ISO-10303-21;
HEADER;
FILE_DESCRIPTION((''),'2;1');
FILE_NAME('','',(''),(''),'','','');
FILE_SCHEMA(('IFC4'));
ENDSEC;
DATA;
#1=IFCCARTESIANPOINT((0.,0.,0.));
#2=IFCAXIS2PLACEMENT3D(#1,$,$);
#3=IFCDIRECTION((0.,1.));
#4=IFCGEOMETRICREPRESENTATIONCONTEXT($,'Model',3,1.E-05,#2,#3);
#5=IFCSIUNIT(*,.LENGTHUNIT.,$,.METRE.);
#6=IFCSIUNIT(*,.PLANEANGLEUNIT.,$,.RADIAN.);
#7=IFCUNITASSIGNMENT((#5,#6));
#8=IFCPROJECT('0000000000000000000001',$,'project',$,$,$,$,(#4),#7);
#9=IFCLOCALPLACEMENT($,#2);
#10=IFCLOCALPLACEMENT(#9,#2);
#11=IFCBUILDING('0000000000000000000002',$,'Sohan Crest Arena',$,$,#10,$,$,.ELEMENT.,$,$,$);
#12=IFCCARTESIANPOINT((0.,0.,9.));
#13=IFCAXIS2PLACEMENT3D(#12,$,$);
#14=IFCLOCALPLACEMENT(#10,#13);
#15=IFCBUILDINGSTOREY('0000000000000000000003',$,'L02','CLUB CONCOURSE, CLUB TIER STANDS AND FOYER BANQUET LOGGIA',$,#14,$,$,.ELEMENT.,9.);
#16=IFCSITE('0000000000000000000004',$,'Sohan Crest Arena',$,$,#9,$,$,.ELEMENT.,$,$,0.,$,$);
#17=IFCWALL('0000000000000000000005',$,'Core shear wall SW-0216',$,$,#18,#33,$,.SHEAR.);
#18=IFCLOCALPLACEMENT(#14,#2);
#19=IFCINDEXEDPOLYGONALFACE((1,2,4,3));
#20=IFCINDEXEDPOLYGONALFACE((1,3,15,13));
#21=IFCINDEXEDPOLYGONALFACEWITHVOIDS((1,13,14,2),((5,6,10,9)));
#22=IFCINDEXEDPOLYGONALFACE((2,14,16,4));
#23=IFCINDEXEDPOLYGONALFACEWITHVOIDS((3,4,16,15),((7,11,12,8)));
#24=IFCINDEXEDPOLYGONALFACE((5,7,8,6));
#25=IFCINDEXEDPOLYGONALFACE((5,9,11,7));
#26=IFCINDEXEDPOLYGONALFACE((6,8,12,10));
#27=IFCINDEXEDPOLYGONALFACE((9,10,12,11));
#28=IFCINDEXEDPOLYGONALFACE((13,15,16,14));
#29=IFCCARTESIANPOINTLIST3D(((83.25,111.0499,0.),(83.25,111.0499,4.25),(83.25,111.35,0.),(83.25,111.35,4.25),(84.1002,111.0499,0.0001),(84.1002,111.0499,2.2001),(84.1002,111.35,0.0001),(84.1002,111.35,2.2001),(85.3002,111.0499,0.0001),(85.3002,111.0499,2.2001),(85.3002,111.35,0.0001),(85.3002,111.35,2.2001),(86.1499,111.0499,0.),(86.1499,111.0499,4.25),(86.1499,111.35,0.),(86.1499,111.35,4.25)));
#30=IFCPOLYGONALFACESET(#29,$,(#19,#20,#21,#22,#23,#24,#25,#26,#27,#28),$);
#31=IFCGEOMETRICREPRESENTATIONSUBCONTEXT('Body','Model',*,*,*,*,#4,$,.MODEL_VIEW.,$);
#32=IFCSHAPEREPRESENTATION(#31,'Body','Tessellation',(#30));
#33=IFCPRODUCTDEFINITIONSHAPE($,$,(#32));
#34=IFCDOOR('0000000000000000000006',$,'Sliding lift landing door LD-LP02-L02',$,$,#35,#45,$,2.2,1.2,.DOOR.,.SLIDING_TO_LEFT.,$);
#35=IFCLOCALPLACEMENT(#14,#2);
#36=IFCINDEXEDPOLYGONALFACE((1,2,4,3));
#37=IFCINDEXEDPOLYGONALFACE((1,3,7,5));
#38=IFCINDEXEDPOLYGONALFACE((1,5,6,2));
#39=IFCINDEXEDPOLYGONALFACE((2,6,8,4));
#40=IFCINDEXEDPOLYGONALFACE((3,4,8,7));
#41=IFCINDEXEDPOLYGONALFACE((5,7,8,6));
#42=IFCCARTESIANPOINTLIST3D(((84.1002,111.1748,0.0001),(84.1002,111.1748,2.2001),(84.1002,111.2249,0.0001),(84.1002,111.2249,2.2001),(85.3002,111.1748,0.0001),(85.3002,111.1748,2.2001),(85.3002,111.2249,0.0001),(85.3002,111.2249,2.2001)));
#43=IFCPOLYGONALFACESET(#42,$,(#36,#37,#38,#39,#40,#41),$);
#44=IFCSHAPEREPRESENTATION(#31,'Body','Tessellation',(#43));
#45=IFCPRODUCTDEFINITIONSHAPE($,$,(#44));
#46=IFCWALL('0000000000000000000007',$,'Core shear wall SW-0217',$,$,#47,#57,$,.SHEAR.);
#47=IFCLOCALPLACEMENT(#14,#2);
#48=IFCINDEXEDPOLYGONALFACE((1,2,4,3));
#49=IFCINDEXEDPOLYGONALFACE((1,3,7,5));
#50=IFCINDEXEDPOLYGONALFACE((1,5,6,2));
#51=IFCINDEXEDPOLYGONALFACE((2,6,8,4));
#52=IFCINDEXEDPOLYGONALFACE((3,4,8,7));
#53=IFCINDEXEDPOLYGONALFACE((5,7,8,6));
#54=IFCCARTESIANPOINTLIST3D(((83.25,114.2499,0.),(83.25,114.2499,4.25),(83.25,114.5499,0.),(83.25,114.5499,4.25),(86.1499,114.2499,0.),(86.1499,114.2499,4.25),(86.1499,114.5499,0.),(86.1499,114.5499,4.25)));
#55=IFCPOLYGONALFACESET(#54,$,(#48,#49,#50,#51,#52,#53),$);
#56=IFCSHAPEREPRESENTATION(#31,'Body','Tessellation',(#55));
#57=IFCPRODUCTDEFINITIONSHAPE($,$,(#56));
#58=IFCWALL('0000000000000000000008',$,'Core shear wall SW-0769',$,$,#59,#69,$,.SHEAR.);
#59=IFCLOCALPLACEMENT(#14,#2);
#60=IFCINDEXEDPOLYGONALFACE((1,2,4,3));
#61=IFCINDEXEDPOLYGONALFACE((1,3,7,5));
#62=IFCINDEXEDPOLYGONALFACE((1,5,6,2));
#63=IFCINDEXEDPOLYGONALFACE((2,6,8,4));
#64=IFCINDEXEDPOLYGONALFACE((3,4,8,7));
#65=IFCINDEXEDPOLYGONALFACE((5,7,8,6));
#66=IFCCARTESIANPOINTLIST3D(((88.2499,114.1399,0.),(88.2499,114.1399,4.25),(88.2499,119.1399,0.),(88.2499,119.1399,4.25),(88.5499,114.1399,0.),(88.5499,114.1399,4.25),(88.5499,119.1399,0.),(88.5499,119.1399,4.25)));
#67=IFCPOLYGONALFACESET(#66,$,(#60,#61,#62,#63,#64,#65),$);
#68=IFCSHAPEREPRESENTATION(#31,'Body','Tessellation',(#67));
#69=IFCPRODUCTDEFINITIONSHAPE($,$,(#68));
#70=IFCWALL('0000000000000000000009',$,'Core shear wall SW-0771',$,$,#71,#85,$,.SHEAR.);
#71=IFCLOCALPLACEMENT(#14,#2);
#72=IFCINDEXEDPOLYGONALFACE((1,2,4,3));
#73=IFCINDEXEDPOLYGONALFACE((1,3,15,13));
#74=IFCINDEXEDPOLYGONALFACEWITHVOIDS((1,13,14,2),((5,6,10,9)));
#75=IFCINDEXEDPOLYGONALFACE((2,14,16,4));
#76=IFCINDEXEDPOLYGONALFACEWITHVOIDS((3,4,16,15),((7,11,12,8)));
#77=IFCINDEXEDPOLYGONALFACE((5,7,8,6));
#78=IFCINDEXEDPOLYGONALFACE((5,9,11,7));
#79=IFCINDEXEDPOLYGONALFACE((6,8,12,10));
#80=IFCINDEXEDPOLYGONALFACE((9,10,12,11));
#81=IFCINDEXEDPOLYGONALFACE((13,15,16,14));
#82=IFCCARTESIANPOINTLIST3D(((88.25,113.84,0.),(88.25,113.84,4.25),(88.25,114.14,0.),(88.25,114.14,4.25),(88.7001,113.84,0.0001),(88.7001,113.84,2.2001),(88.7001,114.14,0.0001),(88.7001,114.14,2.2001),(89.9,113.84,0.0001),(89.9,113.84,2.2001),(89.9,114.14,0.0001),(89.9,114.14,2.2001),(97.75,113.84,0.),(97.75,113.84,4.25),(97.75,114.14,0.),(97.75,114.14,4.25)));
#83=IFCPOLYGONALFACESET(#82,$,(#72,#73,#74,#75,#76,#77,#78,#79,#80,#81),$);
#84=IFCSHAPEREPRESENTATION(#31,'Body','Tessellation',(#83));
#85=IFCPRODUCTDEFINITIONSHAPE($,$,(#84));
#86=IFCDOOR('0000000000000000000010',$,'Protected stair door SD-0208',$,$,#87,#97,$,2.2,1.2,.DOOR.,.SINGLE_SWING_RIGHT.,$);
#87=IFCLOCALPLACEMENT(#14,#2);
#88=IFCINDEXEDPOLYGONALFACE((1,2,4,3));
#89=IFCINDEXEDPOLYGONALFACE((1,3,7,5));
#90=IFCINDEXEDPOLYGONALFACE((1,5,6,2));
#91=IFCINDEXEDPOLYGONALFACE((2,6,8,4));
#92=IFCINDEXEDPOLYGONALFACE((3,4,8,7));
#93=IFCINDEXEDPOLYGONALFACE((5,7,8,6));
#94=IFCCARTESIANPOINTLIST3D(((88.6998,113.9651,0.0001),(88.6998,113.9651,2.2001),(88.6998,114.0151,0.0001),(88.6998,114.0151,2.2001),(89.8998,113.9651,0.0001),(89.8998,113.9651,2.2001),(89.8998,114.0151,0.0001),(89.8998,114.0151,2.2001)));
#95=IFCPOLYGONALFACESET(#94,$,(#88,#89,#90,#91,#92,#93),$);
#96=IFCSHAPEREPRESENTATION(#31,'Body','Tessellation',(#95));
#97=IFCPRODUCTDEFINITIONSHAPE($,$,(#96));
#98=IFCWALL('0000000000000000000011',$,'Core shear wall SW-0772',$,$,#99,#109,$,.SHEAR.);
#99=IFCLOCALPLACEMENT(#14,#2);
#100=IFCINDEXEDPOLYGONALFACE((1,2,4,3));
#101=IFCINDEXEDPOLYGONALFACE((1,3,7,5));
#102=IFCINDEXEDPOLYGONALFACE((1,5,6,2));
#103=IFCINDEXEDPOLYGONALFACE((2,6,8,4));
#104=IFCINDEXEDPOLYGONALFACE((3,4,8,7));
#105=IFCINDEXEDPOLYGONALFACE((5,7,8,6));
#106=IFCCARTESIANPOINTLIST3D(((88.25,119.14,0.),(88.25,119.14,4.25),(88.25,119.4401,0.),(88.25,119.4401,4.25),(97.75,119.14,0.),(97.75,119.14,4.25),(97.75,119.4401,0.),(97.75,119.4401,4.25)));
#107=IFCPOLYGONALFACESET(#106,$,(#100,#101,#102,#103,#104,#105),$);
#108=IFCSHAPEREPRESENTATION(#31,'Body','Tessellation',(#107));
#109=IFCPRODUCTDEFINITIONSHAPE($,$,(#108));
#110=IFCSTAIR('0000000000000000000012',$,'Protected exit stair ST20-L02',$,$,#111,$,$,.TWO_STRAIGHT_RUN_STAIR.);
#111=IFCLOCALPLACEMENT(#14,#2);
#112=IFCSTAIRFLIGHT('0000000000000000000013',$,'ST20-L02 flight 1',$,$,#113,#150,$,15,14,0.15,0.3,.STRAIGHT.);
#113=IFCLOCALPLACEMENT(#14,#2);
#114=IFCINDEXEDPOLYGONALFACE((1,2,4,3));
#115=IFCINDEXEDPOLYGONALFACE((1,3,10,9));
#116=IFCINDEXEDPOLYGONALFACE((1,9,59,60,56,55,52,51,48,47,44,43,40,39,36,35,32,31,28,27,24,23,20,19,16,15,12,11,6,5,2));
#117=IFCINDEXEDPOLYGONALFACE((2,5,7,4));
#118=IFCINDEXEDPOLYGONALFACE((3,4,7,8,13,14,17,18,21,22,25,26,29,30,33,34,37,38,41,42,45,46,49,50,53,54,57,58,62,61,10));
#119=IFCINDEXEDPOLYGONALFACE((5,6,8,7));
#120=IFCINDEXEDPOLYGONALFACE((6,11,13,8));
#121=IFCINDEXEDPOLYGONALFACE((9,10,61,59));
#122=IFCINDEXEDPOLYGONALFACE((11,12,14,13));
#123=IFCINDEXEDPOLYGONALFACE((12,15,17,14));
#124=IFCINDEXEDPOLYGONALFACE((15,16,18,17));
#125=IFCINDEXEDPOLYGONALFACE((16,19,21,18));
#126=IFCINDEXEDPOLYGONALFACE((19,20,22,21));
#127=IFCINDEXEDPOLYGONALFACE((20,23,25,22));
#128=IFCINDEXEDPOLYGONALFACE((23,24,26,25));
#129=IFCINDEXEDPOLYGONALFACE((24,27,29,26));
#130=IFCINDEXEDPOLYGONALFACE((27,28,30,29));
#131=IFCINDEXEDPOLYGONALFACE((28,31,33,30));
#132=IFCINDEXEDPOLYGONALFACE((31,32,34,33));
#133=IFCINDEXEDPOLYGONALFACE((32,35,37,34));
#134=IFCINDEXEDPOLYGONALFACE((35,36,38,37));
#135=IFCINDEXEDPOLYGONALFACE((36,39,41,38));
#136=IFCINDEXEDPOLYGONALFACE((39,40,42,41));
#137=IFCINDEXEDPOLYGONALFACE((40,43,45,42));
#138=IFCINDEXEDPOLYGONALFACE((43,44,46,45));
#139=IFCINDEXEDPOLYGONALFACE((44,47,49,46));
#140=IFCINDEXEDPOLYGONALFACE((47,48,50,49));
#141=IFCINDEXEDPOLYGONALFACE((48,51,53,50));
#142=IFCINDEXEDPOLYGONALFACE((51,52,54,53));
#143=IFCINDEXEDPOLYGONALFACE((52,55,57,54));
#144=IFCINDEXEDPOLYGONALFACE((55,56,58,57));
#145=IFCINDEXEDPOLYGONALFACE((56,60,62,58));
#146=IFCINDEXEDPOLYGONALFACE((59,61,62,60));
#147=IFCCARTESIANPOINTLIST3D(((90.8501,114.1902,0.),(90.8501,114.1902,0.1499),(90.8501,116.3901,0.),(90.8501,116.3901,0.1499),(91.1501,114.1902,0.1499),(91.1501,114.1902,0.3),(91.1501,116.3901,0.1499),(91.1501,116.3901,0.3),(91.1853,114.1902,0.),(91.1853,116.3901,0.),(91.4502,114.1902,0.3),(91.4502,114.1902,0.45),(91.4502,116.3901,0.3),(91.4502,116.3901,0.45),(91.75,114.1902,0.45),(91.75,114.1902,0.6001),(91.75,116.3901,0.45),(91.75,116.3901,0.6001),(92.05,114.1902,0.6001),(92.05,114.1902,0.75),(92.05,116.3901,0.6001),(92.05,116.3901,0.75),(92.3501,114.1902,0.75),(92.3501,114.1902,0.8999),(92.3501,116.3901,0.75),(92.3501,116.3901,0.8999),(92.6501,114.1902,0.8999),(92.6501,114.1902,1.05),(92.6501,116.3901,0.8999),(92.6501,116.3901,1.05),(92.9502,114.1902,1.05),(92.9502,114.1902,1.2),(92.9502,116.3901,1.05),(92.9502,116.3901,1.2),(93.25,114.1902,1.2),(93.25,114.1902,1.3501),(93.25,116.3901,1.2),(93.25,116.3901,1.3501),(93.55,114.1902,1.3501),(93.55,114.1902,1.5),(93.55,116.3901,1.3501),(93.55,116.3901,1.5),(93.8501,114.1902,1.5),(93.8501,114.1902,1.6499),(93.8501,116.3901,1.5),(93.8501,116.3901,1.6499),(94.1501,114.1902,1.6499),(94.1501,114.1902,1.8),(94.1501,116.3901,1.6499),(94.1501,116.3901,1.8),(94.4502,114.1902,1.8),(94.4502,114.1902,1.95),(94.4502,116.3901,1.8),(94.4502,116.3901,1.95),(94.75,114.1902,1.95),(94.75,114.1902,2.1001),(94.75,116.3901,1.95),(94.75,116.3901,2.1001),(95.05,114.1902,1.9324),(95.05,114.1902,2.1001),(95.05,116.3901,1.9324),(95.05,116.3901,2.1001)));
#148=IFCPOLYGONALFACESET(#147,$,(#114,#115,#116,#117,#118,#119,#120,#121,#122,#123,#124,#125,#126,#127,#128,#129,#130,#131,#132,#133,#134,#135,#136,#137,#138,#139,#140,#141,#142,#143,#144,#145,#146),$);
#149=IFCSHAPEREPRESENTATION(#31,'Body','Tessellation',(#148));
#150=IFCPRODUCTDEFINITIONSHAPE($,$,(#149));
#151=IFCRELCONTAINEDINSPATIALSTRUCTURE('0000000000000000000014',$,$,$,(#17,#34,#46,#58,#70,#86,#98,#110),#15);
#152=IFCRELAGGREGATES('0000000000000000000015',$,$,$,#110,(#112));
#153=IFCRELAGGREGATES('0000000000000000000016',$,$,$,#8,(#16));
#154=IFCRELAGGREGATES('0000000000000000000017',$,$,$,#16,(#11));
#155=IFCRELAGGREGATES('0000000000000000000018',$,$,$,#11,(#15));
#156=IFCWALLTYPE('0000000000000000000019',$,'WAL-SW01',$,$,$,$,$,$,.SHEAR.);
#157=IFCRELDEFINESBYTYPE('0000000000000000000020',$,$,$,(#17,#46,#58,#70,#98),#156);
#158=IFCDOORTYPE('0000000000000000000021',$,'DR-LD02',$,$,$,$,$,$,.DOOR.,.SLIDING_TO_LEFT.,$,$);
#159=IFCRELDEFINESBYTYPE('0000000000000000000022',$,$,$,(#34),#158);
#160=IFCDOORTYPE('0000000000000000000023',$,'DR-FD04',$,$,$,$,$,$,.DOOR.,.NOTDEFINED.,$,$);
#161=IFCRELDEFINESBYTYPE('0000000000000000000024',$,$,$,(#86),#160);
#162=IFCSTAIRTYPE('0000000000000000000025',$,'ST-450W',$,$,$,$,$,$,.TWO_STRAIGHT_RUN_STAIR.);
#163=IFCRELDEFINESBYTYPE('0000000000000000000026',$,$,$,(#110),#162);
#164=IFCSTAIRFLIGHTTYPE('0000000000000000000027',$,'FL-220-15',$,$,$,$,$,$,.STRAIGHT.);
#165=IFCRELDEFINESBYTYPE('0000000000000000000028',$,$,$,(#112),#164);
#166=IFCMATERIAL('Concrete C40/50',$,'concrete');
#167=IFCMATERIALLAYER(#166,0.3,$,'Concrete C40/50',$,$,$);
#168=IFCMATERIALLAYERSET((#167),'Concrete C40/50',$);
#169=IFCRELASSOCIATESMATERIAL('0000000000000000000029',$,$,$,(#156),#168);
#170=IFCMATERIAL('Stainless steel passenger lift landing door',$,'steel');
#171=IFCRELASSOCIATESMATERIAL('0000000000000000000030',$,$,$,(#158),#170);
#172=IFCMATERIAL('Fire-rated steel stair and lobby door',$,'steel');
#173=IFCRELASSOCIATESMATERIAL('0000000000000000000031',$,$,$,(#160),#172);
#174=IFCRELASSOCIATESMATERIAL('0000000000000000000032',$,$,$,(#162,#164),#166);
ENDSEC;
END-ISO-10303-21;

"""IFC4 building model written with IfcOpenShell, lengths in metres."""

from ifc_helpers import new_model, si_unit, direction, frame, frame_2d, origin, place, context, subcontext, project, spatial, polyline, rectangle, outline, extrude, material, layer, layer_set, type_object, element, fill, aggregate, save


model = new_model("IFC4")

# Units and contexts
model_context = context("Model", 3, precision=1e-05, world=origin(), true_north=direction((0.0, 1.0)))
body_context = subcontext(model_context, "Body", "Model", "MODEL_VIEW")
ifc_project = project(units=[si_unit("LENGTHUNIT", "METRE"), si_unit("PLANEANGLEUNIT", "RADIAN")], contexts=[model_context])

# Site, building, storey
site_placement = place(None, origin())
site = spatial("IfcSite", under=ifc_project, at=site_placement, Name="Sohan Crest Arena", CompositionType="ELEMENT", RefElevation=0.0)
building_placement = place(site_placement, origin())
building = spatial("IfcBuilding", under=site, at=building_placement, Name="Sohan Crest Arena", CompositionType="ELEMENT")
storey_placement = place(building_placement, frame((0.0, 0.0, 9.0)))
storey = spatial("IfcBuildingStorey", under=building, at=storey_placement, Name="L02", Description="CLUB CONCOURSE, CLUB TIER STANDS AND FOYER BANQUET LOGGIA", CompositionType="ELEMENT", Elevation=9.0)

# Shared definitions
ifc_material_1 = material(Name="Concrete C40/50", Category="concrete")
ifc_layer_1 = layer(ifc_material_1, 0.3, Name="Concrete C40/50")
ifc_layer_set_1 = layer_set([ifc_layer_1], Name="Concrete C40/50")
wall_type = type_object("IfcWallType", Name="WAL-SW01", PredefinedType="SHEAR", material=ifc_layer_set_1)

# Wall, opening, door
wall_1_placement = place(storey_placement, frame((83.25, 111.2, 0.0), z_axis=(0.0, 0.0, 1.0), x_axis=(1.0, 0.0, 0.0)))
wall_1 = element("IfcWall", 1, at=wall_1_placement, inside=storey, type_object=wall_type, Name="Core shear wall SW-0216", PredefinedType="SHEAR", context=body_context, shape_type="SweptSolid", body=[
    extrude(rectangle(XDim=2.8999, YDim=0.3, at=frame_2d((1.45, 0.0))), origin(), (0.0, 0.0, 1.0), 4.25),
])
opening_1_placement = place(wall_1_placement, frame((0.8501, 0.0, 0.0)))
opening_1 = element("IfcOpeningElement", 2, at=opening_1_placement, cuts=wall_1, PredefinedType="OPENING", context=body_context, shape_type="SweptSolid", body=[
    extrude(rectangle(XDim=1.2, YDim=2.2, at=frame_2d((0.6001, 1.1001))), frame((0.0, 0.1599, 0.0), z_axis=(0.0, -1.0, 0.0), x_axis=(1.0, 0.0, 0.0)), (0.0, 0.0, 1.0), 0.3201),
])
ifc_material_2 = material(Name="Stainless steel passenger lift landing door", Category="steel")
door_type_1 = type_object("IfcDoorType", Name="DR-LD02", OperationType="SLIDING_TO_LEFT", PredefinedType="DOOR", material=ifc_material_2)
door_1_placement = place(opening_1_placement, origin())
door_1 = element("IfcDoor", 3, at=door_1_placement, inside=storey, type_object=door_type_1, Name="Sliding lift landing door LD-LP02-L02", OperationType="SLIDING_TO_LEFT", OverallHeight=2.2, OverallWidth=1.2, PredefinedType="DOOR", context=body_context, shape_type="SweptSolid", body=[
    extrude(rectangle(XDim=1.2, YDim=2.2, at=frame_2d((0.6001, 1.1001))), frame((0.0, 0.0249, 0.0), z_axis=(0.0, -1.0, 0.0), x_axis=(1.0, 0.0, 0.0)), (0.0, 0.0, 1.0), 0.05),
])
fill(opening_1, door_1)

# Walls
wall_2_placement = place(storey_placement, frame((83.25, 114.3999, 0.0), z_axis=(0.0, 0.0, 1.0), x_axis=(1.0, 0.0, 0.0)))
element("IfcWall", 4, at=wall_2_placement, inside=storey, type_object=wall_type, Name="Core shear wall SW-0217", PredefinedType="SHEAR", context=body_context, shape_type="SweptSolid", body=[
    extrude(rectangle(XDim=2.8999, YDim=0.3, at=frame_2d((1.45, 0.0))), origin(), (0.0, 0.0, 1.0), 4.25),
])
wall_3_placement = place(storey_placement, frame((88.3999, 114.1399, 0.0), z_axis=(0.0, 0.0, 1.0), x_axis=(0.0, 1.0, 0.0)))
element("IfcWall", 5, at=wall_3_placement, inside=storey, type_object=wall_type, Name="Core shear wall SW-0769", PredefinedType="SHEAR", context=body_context, shape_type="SweptSolid", body=[
    extrude(rectangle(XDim=5.0, YDim=0.3, at=frame_2d((2.5, 0.0))), origin(), (0.0, 0.0, 1.0), 4.25),
])

# Wall, opening, door
wall_4_placement = place(storey_placement, frame((88.25, 113.99, 0.0), z_axis=(0.0, 0.0, 1.0), x_axis=(1.0, 0.0, 0.0)))
wall_4 = element("IfcWall", 6, at=wall_4_placement, inside=storey, type_object=wall_type, Name="Core shear wall SW-0771", PredefinedType="SHEAR", context=body_context, shape_type="SweptSolid", body=[
    extrude(rectangle(XDim=9.5, YDim=0.3, at=frame_2d((4.75, 0.0))), origin(), (0.0, 0.0, 1.0), 4.25),
])
opening_2_placement = place(wall_4_placement, frame((0.45, 0.0, 0.0)))
opening_2 = element("IfcOpeningElement", 7, at=opening_2_placement, cuts=wall_4, PredefinedType="OPENING", context=body_context, shape_type="SweptSolid", body=[
    extrude(rectangle(XDim=1.2, YDim=2.2, at=frame_2d((0.6001, 1.1001))), frame((0.0, 0.1599, 0.0), z_axis=(0.0, -1.0, 0.0), x_axis=(1.0, 0.0, 0.0)), (0.0, 0.0, 1.0), 0.3201),
])
ifc_material_3 = material(Name="Fire-rated steel stair and lobby door", Category="steel")
door_type_2 = type_object("IfcDoorType", Name="DR-FD04", OperationType="NOTDEFINED", PredefinedType="DOOR", material=ifc_material_3)
door_2_placement = place(opening_2_placement, frame((1.2, 0.0, 0.0), z_axis=(0.0, 0.0, 1.0), x_axis=(-1.0, 0.0, 0.0)))
door_2 = element("IfcDoor", 8, at=door_2_placement, inside=storey, type_object=door_type_2, Name="Protected stair door SD-0208", OperationType="SINGLE_SWING_RIGHT", OverallHeight=2.2, OverallWidth=1.2, PredefinedType="DOOR", context=body_context, shape_type="SweptSolid", body=[
    extrude(rectangle(XDim=1.2, YDim=2.2, at=frame_2d((0.6001, 1.1001))), frame((0.0, 0.0249, 0.0), z_axis=(0.0, -1.0, 0.0), x_axis=(1.0, 0.0, 0.0)), (0.0, 0.0, 1.0), 0.05),
])
fill(opening_2, door_2)

# Wall
wall_5_placement = place(storey_placement, frame((88.25, 119.29, 0.0), z_axis=(0.0, 0.0, 1.0), x_axis=(1.0, 0.0, 0.0)))
element("IfcWall", 9, at=wall_5_placement, inside=storey, type_object=wall_type, Name="Core shear wall SW-0772", PredefinedType="SHEAR", context=body_context, shape_type="SweptSolid", body=[
    extrude(rectangle(XDim=9.5, YDim=0.3, at=frame_2d((4.75, 0.0))), origin(), (0.0, 0.0, 1.0), 4.25),
])

# Stair, stair flight
stair_type = type_object("IfcStairType", Name="ST-450W", PredefinedType="TWO_STRAIGHT_RUN_STAIR", material=ifc_material_1)
stair_placement = place(storey_placement, origin())
stair = element("IfcStair", 10, at=stair_placement, inside=storey, type_object=stair_type, Name="Protected exit stair ST20-L02", PredefinedType="TWO_STRAIGHT_RUN_STAIR")
stair_flight_type = type_object("IfcStairFlightType", Name="FL-220-15", PredefinedType="STRAIGHT", material=ifc_material_1)
stair_flight_placement = place(storey_placement, frame((90.8501, 115.29, 0.0), z_axis=(0.0, 0.0, 1.0), x_axis=(1.0, 0.0, 0.0)))
stair_flight = element("IfcStairFlight", 11, at=stair_flight_placement, type_object=stair_flight_type, Name="ST20-L02 flight 1", NumberOfRisers=15, NumberOfTreads=14, PredefinedType="STRAIGHT", RiserHeight=0.15, TreadLength=0.3, context=body_context, shape_type="SweptSolid", body=[
    extrude(outline(polyline([(0.0, 0.0), (0.0, 0.1499), (0.3, 0.1499), (0.3, 0.3), (0.6001, 0.3), (0.6001, 0.45), (0.8999, 0.45), (0.8999, 0.6001), (1.2, 0.6001), (1.2, 0.75), (1.5, 0.75), (1.5, 0.8999), (1.8, 0.8999), (1.8, 1.05), (2.1001, 1.05), (2.1001, 1.2), (2.3999, 1.2), (2.3999, 1.3501), (2.7, 1.3501), (2.7, 1.5), (3.0, 1.5), (3.0, 1.6499), (3.3, 1.6499), (3.3, 1.8), (3.6001, 1.8), (3.6001, 1.95), (3.8999, 1.95), (3.8999, 2.1001), (4.2, 2.1001), (4.2, 2.25), (4.2, 1.9324), (0.3352, 0.0), (0.0, 0.0)])), frame((0.0, 1.1001, 0.0), z_axis=(0.0, -1.0, 0.0), x_axis=(1.0, 0.0, 0.0)), (0.0, 0.0, 1.0), 2.2),
])
aggregate(stair, [stair_flight])

save(model, "model.ifc")
